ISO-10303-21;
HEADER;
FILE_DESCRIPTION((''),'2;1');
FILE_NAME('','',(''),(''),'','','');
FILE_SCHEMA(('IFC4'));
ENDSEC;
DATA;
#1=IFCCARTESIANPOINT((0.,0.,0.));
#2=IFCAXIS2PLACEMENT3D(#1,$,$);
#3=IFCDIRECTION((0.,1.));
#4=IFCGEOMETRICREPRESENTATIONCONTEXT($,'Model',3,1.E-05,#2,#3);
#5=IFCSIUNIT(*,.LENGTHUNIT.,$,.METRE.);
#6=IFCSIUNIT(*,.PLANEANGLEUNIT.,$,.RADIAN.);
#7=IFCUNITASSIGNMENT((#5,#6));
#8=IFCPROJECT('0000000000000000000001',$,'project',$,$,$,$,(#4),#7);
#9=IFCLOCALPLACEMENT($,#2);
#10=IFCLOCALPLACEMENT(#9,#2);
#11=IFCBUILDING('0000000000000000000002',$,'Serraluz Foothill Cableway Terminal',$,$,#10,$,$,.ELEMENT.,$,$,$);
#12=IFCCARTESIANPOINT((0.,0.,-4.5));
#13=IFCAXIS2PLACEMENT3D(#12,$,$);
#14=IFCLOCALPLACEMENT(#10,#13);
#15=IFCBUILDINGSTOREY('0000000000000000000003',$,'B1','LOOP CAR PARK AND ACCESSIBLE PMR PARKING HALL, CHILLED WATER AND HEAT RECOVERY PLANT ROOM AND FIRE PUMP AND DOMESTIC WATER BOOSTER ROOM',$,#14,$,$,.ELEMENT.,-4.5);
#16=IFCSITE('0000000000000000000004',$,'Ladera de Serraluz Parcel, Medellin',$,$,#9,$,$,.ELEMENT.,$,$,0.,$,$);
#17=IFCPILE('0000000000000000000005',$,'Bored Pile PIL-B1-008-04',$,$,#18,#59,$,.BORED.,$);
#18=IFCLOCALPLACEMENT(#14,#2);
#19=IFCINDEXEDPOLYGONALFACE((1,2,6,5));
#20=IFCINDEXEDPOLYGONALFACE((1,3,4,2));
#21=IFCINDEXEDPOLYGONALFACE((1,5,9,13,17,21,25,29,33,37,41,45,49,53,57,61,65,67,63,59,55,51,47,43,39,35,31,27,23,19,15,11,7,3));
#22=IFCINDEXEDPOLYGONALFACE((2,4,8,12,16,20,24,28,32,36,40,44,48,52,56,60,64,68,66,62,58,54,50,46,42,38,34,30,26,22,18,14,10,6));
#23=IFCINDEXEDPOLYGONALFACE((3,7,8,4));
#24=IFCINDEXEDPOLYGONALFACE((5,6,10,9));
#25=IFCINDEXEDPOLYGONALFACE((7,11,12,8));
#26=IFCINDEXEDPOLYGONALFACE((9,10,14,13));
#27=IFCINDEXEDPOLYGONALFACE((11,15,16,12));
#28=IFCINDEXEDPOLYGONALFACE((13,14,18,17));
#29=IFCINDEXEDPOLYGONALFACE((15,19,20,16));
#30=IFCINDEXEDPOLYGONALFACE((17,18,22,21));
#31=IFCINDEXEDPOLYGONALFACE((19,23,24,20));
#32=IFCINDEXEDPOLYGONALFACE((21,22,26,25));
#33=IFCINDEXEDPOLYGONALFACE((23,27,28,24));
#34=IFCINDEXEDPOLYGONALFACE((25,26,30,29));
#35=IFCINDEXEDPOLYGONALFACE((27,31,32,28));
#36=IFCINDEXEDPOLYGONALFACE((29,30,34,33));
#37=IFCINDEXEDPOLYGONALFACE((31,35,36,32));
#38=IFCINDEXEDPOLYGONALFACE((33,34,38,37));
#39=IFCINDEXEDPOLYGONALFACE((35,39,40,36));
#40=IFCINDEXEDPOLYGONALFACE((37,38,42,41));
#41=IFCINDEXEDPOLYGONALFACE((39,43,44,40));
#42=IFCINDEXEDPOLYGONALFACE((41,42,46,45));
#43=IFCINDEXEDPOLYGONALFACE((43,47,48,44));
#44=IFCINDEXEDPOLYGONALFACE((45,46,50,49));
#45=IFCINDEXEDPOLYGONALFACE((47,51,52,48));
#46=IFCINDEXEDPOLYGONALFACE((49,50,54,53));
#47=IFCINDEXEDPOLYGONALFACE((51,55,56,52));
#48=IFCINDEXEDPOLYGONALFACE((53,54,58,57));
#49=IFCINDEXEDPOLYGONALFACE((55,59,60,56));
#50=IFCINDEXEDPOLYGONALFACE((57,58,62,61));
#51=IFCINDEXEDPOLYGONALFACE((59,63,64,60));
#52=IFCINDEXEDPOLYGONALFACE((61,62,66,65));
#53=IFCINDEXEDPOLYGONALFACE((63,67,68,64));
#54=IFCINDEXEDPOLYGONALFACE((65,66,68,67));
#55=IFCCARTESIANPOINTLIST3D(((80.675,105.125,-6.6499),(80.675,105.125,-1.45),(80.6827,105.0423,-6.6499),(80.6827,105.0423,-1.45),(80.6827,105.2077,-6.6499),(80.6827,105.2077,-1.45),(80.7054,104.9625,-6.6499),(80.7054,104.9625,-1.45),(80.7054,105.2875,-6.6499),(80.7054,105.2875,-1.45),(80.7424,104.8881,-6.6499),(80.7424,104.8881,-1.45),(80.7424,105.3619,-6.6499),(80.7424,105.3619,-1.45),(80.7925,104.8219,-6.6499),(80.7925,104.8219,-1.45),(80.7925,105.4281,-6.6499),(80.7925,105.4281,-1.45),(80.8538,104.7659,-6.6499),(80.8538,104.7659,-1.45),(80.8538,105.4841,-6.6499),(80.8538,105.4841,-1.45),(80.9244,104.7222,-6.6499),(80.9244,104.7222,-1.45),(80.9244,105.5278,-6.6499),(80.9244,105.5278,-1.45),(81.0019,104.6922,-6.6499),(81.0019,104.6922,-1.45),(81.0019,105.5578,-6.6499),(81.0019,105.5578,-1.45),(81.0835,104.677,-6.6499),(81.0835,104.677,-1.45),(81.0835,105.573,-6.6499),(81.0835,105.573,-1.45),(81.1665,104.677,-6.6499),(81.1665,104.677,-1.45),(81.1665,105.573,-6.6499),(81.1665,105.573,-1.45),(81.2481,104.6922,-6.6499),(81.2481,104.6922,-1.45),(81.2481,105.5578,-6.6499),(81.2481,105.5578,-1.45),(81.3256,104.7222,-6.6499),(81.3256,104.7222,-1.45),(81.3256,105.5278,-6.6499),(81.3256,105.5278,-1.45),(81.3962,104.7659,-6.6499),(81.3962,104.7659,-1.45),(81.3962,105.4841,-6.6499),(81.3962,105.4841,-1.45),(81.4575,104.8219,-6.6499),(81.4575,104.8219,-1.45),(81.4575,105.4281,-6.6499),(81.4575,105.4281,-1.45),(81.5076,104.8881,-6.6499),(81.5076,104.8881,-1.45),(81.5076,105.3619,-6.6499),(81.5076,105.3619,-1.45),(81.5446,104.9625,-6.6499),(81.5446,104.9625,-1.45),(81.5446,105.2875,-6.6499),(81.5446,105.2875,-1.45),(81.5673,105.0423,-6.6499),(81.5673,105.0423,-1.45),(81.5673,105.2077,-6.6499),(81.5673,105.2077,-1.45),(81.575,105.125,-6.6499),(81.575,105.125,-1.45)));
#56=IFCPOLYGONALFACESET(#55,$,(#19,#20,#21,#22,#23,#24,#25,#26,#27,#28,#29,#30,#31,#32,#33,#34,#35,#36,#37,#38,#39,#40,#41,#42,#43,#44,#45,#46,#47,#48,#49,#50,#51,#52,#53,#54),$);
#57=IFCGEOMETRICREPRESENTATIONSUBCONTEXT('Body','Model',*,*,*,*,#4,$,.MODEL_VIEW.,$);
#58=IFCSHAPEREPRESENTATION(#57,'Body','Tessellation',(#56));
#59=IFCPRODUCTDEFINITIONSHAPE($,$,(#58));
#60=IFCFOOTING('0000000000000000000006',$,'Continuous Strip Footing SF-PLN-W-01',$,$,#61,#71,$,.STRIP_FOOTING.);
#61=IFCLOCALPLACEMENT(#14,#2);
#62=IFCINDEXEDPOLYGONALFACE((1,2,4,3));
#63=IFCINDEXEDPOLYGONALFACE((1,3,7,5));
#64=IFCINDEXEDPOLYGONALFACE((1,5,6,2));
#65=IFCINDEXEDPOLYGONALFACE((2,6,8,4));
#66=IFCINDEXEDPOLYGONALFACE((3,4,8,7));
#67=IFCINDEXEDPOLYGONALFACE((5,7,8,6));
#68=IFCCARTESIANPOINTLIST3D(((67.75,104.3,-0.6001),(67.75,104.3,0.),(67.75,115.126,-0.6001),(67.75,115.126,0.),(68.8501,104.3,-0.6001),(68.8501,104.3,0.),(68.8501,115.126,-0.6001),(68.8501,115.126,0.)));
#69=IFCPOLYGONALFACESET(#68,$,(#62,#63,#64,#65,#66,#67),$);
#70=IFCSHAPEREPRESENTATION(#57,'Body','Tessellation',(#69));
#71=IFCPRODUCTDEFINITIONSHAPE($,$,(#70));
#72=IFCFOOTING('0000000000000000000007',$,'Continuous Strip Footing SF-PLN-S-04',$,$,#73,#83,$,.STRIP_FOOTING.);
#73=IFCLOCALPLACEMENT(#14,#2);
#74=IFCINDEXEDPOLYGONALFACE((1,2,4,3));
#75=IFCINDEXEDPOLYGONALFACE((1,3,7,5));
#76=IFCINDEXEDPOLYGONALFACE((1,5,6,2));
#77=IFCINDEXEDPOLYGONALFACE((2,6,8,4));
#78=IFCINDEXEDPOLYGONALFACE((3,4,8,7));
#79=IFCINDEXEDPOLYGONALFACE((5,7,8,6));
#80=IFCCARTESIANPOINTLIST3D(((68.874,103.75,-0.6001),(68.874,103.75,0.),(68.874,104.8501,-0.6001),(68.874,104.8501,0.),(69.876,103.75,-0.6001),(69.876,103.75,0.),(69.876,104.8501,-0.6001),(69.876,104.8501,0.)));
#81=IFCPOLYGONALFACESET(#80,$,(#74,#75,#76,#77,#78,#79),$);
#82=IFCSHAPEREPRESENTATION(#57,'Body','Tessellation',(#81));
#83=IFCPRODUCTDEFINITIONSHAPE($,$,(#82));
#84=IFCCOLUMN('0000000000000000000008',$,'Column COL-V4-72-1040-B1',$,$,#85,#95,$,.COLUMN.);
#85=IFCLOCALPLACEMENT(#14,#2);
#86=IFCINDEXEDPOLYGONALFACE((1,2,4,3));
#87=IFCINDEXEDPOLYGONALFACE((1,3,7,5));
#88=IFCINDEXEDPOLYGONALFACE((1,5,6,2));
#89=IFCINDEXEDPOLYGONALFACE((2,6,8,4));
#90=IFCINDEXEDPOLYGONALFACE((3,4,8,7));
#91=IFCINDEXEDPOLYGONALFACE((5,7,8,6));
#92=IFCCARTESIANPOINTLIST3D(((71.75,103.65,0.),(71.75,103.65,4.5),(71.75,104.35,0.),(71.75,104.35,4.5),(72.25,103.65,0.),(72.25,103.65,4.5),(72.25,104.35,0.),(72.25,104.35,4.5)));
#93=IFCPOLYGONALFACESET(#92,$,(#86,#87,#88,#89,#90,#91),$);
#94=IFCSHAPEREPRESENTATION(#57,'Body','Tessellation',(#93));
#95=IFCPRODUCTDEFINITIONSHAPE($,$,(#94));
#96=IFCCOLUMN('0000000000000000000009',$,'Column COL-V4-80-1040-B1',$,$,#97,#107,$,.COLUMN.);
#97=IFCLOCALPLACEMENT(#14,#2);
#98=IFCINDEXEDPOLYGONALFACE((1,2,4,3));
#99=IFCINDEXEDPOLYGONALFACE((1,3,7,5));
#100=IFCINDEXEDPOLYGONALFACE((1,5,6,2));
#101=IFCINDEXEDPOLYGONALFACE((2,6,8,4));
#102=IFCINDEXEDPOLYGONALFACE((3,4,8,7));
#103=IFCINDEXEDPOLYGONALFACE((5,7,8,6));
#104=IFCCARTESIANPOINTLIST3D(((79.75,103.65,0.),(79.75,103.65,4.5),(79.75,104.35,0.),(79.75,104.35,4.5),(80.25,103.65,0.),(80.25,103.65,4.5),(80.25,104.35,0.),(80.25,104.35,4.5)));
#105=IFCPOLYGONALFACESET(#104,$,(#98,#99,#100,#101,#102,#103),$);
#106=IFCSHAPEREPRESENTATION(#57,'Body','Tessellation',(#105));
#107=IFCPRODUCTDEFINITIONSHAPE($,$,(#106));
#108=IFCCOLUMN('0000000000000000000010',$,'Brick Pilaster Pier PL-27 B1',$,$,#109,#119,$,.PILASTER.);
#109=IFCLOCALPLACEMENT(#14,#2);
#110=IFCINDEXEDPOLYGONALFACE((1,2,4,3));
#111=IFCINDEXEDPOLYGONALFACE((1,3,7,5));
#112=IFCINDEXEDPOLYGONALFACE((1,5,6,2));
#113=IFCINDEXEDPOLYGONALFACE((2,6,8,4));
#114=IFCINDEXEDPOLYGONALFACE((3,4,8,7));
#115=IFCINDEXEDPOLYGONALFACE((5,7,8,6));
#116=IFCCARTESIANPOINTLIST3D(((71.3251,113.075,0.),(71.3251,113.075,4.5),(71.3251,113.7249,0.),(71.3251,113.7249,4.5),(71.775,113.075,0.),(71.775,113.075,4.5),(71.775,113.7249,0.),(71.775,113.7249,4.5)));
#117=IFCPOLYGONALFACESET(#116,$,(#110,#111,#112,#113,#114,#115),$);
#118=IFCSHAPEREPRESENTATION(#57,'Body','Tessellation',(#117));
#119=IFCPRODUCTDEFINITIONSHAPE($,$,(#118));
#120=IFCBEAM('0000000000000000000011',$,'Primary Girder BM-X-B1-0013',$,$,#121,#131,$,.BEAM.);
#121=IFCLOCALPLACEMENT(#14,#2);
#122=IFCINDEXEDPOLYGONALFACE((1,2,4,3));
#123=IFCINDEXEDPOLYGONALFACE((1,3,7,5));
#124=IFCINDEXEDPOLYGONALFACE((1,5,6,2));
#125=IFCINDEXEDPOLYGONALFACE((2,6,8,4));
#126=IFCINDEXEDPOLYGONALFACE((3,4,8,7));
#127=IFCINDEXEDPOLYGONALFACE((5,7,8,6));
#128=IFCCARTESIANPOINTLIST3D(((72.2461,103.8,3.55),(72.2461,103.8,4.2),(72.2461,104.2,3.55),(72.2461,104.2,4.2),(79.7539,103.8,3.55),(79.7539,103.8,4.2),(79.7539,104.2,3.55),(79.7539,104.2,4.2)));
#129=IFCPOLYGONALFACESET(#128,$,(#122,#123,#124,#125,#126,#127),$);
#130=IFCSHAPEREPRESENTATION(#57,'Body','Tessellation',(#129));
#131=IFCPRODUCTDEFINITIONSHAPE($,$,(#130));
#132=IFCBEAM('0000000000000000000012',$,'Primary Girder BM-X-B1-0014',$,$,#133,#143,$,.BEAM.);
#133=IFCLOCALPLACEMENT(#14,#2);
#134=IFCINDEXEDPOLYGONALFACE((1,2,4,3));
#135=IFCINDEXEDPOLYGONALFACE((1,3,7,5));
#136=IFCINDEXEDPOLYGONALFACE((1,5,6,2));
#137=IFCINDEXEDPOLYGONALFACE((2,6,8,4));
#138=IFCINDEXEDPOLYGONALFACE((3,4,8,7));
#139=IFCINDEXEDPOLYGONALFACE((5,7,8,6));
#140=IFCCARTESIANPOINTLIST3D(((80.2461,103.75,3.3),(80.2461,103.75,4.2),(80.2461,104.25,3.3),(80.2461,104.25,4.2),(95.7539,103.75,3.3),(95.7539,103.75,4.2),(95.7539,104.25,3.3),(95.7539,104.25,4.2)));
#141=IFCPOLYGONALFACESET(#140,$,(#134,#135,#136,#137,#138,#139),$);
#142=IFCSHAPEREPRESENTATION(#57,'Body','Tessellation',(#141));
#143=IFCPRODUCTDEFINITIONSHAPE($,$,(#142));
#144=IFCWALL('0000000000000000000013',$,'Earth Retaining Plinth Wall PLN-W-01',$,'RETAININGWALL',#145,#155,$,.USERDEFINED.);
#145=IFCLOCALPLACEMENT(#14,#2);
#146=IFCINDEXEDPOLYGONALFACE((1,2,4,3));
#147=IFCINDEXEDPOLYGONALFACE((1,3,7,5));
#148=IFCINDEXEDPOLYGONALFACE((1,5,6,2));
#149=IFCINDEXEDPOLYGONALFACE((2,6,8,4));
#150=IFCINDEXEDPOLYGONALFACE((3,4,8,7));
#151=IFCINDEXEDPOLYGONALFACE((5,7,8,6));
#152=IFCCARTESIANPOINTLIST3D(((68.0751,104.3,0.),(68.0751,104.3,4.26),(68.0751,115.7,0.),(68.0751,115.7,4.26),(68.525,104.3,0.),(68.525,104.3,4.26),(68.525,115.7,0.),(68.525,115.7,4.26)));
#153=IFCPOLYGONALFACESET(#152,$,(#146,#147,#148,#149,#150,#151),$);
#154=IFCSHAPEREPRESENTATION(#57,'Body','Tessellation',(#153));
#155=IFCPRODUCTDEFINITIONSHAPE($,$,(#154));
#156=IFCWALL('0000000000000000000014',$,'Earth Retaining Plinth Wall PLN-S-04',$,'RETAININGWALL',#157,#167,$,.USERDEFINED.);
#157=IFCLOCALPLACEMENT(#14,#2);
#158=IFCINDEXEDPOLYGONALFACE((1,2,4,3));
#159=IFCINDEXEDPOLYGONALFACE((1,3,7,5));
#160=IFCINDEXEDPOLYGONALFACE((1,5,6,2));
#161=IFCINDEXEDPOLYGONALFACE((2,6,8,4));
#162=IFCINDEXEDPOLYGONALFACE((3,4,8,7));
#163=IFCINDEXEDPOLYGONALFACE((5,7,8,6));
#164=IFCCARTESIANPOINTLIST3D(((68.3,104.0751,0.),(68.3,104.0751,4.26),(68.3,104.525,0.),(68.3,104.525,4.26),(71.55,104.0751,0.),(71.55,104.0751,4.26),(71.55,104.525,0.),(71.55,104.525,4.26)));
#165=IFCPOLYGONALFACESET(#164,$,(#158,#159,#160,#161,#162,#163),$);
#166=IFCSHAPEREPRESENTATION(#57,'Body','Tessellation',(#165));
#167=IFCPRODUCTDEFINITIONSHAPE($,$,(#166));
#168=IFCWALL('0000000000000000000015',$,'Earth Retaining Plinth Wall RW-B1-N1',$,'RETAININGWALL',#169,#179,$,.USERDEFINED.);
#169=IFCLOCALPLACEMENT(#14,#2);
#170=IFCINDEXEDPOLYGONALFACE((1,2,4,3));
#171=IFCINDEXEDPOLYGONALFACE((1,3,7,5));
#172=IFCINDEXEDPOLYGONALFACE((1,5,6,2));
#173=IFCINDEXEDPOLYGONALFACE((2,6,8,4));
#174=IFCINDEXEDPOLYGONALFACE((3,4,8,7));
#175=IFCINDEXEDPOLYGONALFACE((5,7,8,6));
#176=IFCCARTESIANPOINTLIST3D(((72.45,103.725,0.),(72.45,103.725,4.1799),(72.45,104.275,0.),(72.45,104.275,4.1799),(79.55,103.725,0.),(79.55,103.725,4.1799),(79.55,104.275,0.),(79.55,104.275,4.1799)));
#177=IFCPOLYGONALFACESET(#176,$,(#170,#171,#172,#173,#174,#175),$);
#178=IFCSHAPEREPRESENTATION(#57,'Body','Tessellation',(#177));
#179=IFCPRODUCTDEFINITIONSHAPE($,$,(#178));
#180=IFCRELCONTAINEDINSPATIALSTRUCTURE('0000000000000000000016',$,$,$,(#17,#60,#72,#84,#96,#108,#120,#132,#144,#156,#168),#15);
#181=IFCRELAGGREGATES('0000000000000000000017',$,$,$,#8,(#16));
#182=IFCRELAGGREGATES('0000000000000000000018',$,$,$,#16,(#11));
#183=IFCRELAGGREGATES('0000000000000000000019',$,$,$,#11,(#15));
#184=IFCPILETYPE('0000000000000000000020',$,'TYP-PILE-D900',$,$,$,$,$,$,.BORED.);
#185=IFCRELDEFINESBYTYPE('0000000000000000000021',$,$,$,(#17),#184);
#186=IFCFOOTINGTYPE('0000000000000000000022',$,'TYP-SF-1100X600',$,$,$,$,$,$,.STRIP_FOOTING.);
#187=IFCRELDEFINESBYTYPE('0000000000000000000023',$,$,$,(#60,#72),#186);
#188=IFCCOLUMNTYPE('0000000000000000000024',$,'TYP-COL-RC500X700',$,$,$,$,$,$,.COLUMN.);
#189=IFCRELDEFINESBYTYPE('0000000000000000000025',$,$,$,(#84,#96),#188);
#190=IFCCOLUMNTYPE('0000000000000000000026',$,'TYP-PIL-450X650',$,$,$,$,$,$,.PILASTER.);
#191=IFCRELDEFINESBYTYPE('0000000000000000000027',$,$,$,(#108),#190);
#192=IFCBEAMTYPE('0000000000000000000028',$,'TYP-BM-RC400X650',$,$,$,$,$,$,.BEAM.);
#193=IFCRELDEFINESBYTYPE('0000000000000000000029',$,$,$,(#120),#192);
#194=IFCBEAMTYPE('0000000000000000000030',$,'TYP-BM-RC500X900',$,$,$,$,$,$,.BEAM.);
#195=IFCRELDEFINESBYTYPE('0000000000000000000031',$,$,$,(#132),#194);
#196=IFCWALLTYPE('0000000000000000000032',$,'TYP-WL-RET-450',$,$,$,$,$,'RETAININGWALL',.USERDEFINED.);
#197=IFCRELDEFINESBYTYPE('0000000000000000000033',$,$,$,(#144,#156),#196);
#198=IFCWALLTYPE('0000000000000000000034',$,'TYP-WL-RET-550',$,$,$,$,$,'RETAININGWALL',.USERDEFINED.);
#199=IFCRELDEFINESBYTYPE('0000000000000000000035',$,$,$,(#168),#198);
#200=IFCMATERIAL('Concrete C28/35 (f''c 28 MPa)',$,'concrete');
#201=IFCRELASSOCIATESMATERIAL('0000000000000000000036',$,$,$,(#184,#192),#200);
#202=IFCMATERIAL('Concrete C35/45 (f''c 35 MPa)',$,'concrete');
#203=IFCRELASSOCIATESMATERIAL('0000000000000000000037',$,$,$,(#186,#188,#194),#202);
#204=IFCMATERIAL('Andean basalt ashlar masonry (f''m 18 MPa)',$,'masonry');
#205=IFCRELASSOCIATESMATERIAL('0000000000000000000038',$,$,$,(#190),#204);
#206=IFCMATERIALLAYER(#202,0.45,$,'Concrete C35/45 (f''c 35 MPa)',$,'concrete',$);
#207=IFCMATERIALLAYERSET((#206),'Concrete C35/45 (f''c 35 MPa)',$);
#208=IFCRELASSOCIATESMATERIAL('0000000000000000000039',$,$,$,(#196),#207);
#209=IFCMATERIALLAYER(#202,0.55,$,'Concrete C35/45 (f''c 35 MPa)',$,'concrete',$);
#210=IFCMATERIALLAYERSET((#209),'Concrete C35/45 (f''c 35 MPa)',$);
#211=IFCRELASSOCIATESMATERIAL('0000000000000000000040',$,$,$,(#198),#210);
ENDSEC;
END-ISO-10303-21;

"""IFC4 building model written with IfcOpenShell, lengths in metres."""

from ifc_helpers import new_model, si_unit, direction, frame, frame_2d, origin, origin_2d, place, context, subcontext, project, spatial, rectangle, circle, extrude, material, layer, layer_set, material_profile, profile_set, type_object, element, save


model = new_model("IFC4")

# Units and contexts
model_context = context("Model", 3, precision=1e-05, world=origin(), true_north=direction((0.0, 1.0)))
body_context = subcontext(model_context, "Body", "Model", "MODEL_VIEW")
ifc_project = project(units=[si_unit("LENGTHUNIT", "METRE"), si_unit("PLANEANGLEUNIT", "RADIAN")], contexts=[model_context])

# Site, building, storey
site_placement = place(None, origin())
site = spatial("IfcSite", under=ifc_project, at=site_placement, Name="Ladera de Serraluz Parcel, Medellin", CompositionType="ELEMENT", RefElevation=0.0)
building_placement = place(site_placement, origin())
building = spatial("IfcBuilding", under=site, at=building_placement, Name="Serraluz Foothill Cableway Terminal", CompositionType="ELEMENT")
storey_placement = place(building_placement, frame((0.0, 0.0, -4.5)))
storey = spatial("IfcBuildingStorey", under=building, at=storey_placement, Name="B1", Description="LOOP CAR PARK AND ACCESSIBLE PMR PARKING HALL, CHILLED WATER AND HEAT RECOVERY PLANT ROOM AND FIRE PUMP AND DOMESTIC WATER BOOSTER ROOM", CompositionType="ELEMENT", Elevation=-4.5)

# Shared definitions
ifc_material_1 = material(Name="Concrete C35/45 (f'c 35 MPa)", Category="concrete")

# Pile
ifc_material_2 = material(Name="Concrete C28/35 (f'c 28 MPa)", Category="concrete")
ifc_material_profile_1 = material_profile(ifc_material_2, circle(Radius=0.45, at=origin_2d()), Name="BORED PILE D900")
ifc_profile_set_1 = profile_set([ifc_material_profile_1], Name="Concrete C28/35 (f'c 28 MPa)")
pile_type = type_object("IfcPileType", Name="TYP-PILE-D900", PredefinedType="BORED", material=ifc_profile_set_1)
for number, where, z_axis, x_axis, name in (
    (1, (81.125, 105.125, -1.45), (0.0, 0.0, -1.0), (1.0, 0.0, 0.0), "Bored Pile PIL-B1-008-04"),
):
    element("IfcPile", number, at=place(storey_placement, frame(where, z_axis=z_axis, x_axis=x_axis)), inside=storey, type_object=pile_type, Name=name, PredefinedType="BORED", context=body_context, shape_type="SweptSolid", body=[
        extrude(circle(Radius=0.45, at=origin_2d()), origin(), (0.0, 0.0, 1.0), 5.2),
    ])

# Footings
ifc_material_profile_2 = material_profile(ifc_material_1, rectangle(XDim=1.1001, YDim=0.6001, at=origin_2d()), Name="SF 1100x600")
ifc_profile_set_2 = profile_set([ifc_material_profile_2], Name="Concrete C35/45 (f'c 35 MPa)")
footing_type_1 = type_object("IfcFootingType", Name="TYP-SF-1100X600", PredefinedType="STRIP_FOOTING", material=ifc_profile_set_2)
footing_1_placement = place(storey_placement, frame((68.3, 115.126, -0.3), z_axis=(0.0, -1.0, 0.0), x_axis=(1.0, 0.0, 0.0)))
element("IfcFooting", 2, at=footing_1_placement, inside=storey, type_object=footing_type_1, Name="Continuous Strip Footing SF-PLN-W-01", PredefinedType="STRIP_FOOTING", context=body_context, shape_type="SweptSolid", body=[
    extrude(rectangle(XDim=1.1001, YDim=0.6001, at=origin_2d()), origin(), (0.0, 0.0, 1.0), 10.8259),
])
footing_2_placement = place(storey_placement, frame((68.874, 104.3, -0.3), z_axis=(1.0, 0.0, 0.0), x_axis=(0.0, 1.0, 0.0)))
element("IfcFooting", 3, at=footing_2_placement, inside=storey, type_object=footing_type_1, Name="Continuous Strip Footing SF-PLN-S-04", PredefinedType="STRIP_FOOTING", context=body_context, shape_type="SweptSolid", body=[
    extrude(rectangle(XDim=1.1001, YDim=0.6001, at=origin_2d()), origin(), (0.0, 0.0, 1.0), 1.002),
])

# Columns
ifc_material_profile_3 = material_profile(ifc_material_1, rectangle(XDim=0.5, YDim=0.7, at=origin_2d()), Name="RC 500x700")
ifc_profile_set_3 = profile_set([ifc_material_profile_3], Name="Concrete C35/45 (f'c 35 MPa)")
column_type_1 = type_object("IfcColumnType", Name="TYP-COL-RC500X700", PredefinedType="COLUMN", material=ifc_profile_set_3)
for number, where, z_axis, x_axis, name in (
    (4, (72.0, 104.0, 0.0), (0.0, 0.0, 1.0), (1.0, 0.0, 0.0), "Column COL-V4-72-1040-B1"),
    (5, (80.0, 104.0, 0.0), (0.0, 0.0, 1.0), (1.0, 0.0, 0.0), "Column COL-V4-80-1040-B1"),
):
    element("IfcColumn", number, at=place(storey_placement, frame(where, z_axis=z_axis, x_axis=x_axis)), inside=storey, type_object=column_type_1, Name=name, PredefinedType="COLUMN", context=body_context, shape_type="SweptSolid", body=[
        extrude(rectangle(XDim=0.5, YDim=0.7, at=origin_2d()), origin(), (0.0, 0.0, 1.0), 4.5),
    ])
ifc_material_3 = material(Name="Andean basalt ashlar masonry (f'm 18 MPa)", Category="masonry")
ifc_material_profile_4 = material_profile(ifc_material_3, rectangle(XDim=0.45, YDim=0.6499, at=origin_2d()), Name="PIL 450x650")
ifc_profile_set_4 = profile_set([ifc_material_profile_4], Name="Andean basalt ashlar masonry (f'm 18 MPa)")
column_type_2 = type_object("IfcColumnType", Name="TYP-PIL-450X650", PredefinedType="PILASTER", material=ifc_profile_set_4)
column_placement = place(storey_placement, frame((71.55, 113.3999, 0.0), z_axis=(0.0, 0.0, 1.0), x_axis=(1.0, 0.0, 0.0)))
element("IfcColumn", 6, at=column_placement, inside=storey, type_object=column_type_2, Name="Brick Pilaster Pier PL-27 B1", PredefinedType="PILASTER", context=body_context, shape_type="SweptSolid", body=[
    extrude(rectangle(XDim=0.45, YDim=0.6499, at=origin_2d()), origin(), (0.0, 0.0, 1.0), 4.5),
])

# Beams
ifc_material_profile_5 = material_profile(ifc_material_2, rectangle(XDim=0.3999, YDim=0.6499, at=origin_2d()), Name="RC 400x650")
ifc_profile_set_5 = profile_set([ifc_material_profile_5], Name="Concrete C28/35 (f'c 28 MPa)")
beam_type_1 = type_object("IfcBeamType", Name="TYP-BM-RC400X650", PredefinedType="BEAM", material=ifc_profile_set_5)
beam_1_placement = place(storey_placement, frame((72.2461, 104.0, 3.875), z_axis=(1.0, 0.0, 0.0), x_axis=(0.0, 1.0, 0.0)))
element("IfcBeam", 7, at=beam_1_placement, inside=storey, type_object=beam_type_1, Name="Primary Girder BM-X-B1-0013", PredefinedType="BEAM", context=body_context, shape_type="SweptSolid", body=[
    extrude(rectangle(XDim=0.3999, YDim=0.6499, at=origin_2d()), origin(), (0.0, 0.0, 1.0), 7.5078),
])
ifc_material_profile_6 = material_profile(ifc_material_1, rectangle(XDim=0.5, YDim=0.8999, at=origin_2d()), Name="RC 500x900")
ifc_profile_set_6 = profile_set([ifc_material_profile_6], Name="Concrete C35/45 (f'c 35 MPa)")
beam_type_2 = type_object("IfcBeamType", Name="TYP-BM-RC500X900", PredefinedType="BEAM", material=ifc_profile_set_6)
beam_2_placement = place(storey_placement, frame((80.2461, 104.0, 3.75), z_axis=(1.0, 0.0, 0.0), x_axis=(0.0, 1.0, 0.0)))
element("IfcBeam", 8, at=beam_2_placement, inside=storey, type_object=beam_type_2, Name="Primary Girder BM-X-B1-0014", PredefinedType="BEAM", context=body_context, shape_type="SweptSolid", body=[
    extrude(rectangle(XDim=0.5, YDim=0.8999, at=origin_2d()), origin(), (0.0, 0.0, 1.0), 15.5078),
])

# Walls
ifc_layer_1 = layer(ifc_material_1, 0.45, Name="Concrete C35/45 (f'c 35 MPa)", Category="concrete")
ifc_layer_set_1 = layer_set([ifc_layer_1], Name="Concrete C35/45 (f'c 35 MPa)")
wall_type_1 = type_object("IfcWallType", Name="TYP-WL-RET-450", ElementType="RETAININGWALL", PredefinedType="USERDEFINED", material=ifc_layer_set_1)
wall_1_placement = place(storey_placement, frame((68.3, 115.7, 0.0), z_axis=(0.0, 0.0, 1.0), x_axis=(0.0, -1.0, 0.0)))
element("IfcWall", 9, at=wall_1_placement, inside=storey, type_object=wall_type_1, Name="Earth Retaining Plinth Wall PLN-W-01", ObjectType="RETAININGWALL", PredefinedType="USERDEFINED", context=body_context, shape_type="SweptSolid", body=[
    extrude(rectangle(XDim=11.3999, YDim=0.45, at=frame_2d((5.7, 0.0))), origin(), (0.0, 0.0, 1.0), 4.26),
])
wall_2_placement = place(storey_placement, frame((68.3, 104.3, 0.0), z_axis=(0.0, 0.0, 1.0), x_axis=(1.0, 0.0, 0.0)))
element("IfcWall", 10, at=wall_2_placement, inside=storey, type_object=wall_type_1, Name="Earth Retaining Plinth Wall PLN-S-04", ObjectType="RETAININGWALL", PredefinedType="USERDEFINED", context=body_context, shape_type="SweptSolid", body=[
    extrude(rectangle(XDim=3.25, YDim=0.45, at=frame_2d((1.625, 0.0))), origin(), (0.0, 0.0, 1.0), 4.26),
])
ifc_layer_2 = layer(ifc_material_1, 0.55, Name="Concrete C35/45 (f'c 35 MPa)", Category="concrete")
ifc_layer_set_2 = layer_set([ifc_layer_2], Name="Concrete C35/45 (f'c 35 MPa)")
wall_type_2 = type_object("IfcWallType", Name="TYP-WL-RET-550", ElementType="RETAININGWALL", PredefinedType="USERDEFINED", material=ifc_layer_set_2)
wall_3_placement = place(storey_placement, frame((72.45, 104.0, 0.0), z_axis=(0.0, 0.0, 1.0), x_axis=(1.0, 0.0, 0.0)))
element("IfcWall", 11, at=wall_3_placement, inside=storey, type_object=wall_type_2, Name="Earth Retaining Plinth Wall RW-B1-N1", ObjectType="RETAININGWALL", PredefinedType="USERDEFINED", context=body_context, shape_type="SweptSolid", body=[
    extrude(rectangle(XDim=7.1001, YDim=0.55, at=frame_2d((3.55, 0.0))), origin(), (0.0, 0.0, 1.0), 4.1799),
])

save(model, "model.ifc")
